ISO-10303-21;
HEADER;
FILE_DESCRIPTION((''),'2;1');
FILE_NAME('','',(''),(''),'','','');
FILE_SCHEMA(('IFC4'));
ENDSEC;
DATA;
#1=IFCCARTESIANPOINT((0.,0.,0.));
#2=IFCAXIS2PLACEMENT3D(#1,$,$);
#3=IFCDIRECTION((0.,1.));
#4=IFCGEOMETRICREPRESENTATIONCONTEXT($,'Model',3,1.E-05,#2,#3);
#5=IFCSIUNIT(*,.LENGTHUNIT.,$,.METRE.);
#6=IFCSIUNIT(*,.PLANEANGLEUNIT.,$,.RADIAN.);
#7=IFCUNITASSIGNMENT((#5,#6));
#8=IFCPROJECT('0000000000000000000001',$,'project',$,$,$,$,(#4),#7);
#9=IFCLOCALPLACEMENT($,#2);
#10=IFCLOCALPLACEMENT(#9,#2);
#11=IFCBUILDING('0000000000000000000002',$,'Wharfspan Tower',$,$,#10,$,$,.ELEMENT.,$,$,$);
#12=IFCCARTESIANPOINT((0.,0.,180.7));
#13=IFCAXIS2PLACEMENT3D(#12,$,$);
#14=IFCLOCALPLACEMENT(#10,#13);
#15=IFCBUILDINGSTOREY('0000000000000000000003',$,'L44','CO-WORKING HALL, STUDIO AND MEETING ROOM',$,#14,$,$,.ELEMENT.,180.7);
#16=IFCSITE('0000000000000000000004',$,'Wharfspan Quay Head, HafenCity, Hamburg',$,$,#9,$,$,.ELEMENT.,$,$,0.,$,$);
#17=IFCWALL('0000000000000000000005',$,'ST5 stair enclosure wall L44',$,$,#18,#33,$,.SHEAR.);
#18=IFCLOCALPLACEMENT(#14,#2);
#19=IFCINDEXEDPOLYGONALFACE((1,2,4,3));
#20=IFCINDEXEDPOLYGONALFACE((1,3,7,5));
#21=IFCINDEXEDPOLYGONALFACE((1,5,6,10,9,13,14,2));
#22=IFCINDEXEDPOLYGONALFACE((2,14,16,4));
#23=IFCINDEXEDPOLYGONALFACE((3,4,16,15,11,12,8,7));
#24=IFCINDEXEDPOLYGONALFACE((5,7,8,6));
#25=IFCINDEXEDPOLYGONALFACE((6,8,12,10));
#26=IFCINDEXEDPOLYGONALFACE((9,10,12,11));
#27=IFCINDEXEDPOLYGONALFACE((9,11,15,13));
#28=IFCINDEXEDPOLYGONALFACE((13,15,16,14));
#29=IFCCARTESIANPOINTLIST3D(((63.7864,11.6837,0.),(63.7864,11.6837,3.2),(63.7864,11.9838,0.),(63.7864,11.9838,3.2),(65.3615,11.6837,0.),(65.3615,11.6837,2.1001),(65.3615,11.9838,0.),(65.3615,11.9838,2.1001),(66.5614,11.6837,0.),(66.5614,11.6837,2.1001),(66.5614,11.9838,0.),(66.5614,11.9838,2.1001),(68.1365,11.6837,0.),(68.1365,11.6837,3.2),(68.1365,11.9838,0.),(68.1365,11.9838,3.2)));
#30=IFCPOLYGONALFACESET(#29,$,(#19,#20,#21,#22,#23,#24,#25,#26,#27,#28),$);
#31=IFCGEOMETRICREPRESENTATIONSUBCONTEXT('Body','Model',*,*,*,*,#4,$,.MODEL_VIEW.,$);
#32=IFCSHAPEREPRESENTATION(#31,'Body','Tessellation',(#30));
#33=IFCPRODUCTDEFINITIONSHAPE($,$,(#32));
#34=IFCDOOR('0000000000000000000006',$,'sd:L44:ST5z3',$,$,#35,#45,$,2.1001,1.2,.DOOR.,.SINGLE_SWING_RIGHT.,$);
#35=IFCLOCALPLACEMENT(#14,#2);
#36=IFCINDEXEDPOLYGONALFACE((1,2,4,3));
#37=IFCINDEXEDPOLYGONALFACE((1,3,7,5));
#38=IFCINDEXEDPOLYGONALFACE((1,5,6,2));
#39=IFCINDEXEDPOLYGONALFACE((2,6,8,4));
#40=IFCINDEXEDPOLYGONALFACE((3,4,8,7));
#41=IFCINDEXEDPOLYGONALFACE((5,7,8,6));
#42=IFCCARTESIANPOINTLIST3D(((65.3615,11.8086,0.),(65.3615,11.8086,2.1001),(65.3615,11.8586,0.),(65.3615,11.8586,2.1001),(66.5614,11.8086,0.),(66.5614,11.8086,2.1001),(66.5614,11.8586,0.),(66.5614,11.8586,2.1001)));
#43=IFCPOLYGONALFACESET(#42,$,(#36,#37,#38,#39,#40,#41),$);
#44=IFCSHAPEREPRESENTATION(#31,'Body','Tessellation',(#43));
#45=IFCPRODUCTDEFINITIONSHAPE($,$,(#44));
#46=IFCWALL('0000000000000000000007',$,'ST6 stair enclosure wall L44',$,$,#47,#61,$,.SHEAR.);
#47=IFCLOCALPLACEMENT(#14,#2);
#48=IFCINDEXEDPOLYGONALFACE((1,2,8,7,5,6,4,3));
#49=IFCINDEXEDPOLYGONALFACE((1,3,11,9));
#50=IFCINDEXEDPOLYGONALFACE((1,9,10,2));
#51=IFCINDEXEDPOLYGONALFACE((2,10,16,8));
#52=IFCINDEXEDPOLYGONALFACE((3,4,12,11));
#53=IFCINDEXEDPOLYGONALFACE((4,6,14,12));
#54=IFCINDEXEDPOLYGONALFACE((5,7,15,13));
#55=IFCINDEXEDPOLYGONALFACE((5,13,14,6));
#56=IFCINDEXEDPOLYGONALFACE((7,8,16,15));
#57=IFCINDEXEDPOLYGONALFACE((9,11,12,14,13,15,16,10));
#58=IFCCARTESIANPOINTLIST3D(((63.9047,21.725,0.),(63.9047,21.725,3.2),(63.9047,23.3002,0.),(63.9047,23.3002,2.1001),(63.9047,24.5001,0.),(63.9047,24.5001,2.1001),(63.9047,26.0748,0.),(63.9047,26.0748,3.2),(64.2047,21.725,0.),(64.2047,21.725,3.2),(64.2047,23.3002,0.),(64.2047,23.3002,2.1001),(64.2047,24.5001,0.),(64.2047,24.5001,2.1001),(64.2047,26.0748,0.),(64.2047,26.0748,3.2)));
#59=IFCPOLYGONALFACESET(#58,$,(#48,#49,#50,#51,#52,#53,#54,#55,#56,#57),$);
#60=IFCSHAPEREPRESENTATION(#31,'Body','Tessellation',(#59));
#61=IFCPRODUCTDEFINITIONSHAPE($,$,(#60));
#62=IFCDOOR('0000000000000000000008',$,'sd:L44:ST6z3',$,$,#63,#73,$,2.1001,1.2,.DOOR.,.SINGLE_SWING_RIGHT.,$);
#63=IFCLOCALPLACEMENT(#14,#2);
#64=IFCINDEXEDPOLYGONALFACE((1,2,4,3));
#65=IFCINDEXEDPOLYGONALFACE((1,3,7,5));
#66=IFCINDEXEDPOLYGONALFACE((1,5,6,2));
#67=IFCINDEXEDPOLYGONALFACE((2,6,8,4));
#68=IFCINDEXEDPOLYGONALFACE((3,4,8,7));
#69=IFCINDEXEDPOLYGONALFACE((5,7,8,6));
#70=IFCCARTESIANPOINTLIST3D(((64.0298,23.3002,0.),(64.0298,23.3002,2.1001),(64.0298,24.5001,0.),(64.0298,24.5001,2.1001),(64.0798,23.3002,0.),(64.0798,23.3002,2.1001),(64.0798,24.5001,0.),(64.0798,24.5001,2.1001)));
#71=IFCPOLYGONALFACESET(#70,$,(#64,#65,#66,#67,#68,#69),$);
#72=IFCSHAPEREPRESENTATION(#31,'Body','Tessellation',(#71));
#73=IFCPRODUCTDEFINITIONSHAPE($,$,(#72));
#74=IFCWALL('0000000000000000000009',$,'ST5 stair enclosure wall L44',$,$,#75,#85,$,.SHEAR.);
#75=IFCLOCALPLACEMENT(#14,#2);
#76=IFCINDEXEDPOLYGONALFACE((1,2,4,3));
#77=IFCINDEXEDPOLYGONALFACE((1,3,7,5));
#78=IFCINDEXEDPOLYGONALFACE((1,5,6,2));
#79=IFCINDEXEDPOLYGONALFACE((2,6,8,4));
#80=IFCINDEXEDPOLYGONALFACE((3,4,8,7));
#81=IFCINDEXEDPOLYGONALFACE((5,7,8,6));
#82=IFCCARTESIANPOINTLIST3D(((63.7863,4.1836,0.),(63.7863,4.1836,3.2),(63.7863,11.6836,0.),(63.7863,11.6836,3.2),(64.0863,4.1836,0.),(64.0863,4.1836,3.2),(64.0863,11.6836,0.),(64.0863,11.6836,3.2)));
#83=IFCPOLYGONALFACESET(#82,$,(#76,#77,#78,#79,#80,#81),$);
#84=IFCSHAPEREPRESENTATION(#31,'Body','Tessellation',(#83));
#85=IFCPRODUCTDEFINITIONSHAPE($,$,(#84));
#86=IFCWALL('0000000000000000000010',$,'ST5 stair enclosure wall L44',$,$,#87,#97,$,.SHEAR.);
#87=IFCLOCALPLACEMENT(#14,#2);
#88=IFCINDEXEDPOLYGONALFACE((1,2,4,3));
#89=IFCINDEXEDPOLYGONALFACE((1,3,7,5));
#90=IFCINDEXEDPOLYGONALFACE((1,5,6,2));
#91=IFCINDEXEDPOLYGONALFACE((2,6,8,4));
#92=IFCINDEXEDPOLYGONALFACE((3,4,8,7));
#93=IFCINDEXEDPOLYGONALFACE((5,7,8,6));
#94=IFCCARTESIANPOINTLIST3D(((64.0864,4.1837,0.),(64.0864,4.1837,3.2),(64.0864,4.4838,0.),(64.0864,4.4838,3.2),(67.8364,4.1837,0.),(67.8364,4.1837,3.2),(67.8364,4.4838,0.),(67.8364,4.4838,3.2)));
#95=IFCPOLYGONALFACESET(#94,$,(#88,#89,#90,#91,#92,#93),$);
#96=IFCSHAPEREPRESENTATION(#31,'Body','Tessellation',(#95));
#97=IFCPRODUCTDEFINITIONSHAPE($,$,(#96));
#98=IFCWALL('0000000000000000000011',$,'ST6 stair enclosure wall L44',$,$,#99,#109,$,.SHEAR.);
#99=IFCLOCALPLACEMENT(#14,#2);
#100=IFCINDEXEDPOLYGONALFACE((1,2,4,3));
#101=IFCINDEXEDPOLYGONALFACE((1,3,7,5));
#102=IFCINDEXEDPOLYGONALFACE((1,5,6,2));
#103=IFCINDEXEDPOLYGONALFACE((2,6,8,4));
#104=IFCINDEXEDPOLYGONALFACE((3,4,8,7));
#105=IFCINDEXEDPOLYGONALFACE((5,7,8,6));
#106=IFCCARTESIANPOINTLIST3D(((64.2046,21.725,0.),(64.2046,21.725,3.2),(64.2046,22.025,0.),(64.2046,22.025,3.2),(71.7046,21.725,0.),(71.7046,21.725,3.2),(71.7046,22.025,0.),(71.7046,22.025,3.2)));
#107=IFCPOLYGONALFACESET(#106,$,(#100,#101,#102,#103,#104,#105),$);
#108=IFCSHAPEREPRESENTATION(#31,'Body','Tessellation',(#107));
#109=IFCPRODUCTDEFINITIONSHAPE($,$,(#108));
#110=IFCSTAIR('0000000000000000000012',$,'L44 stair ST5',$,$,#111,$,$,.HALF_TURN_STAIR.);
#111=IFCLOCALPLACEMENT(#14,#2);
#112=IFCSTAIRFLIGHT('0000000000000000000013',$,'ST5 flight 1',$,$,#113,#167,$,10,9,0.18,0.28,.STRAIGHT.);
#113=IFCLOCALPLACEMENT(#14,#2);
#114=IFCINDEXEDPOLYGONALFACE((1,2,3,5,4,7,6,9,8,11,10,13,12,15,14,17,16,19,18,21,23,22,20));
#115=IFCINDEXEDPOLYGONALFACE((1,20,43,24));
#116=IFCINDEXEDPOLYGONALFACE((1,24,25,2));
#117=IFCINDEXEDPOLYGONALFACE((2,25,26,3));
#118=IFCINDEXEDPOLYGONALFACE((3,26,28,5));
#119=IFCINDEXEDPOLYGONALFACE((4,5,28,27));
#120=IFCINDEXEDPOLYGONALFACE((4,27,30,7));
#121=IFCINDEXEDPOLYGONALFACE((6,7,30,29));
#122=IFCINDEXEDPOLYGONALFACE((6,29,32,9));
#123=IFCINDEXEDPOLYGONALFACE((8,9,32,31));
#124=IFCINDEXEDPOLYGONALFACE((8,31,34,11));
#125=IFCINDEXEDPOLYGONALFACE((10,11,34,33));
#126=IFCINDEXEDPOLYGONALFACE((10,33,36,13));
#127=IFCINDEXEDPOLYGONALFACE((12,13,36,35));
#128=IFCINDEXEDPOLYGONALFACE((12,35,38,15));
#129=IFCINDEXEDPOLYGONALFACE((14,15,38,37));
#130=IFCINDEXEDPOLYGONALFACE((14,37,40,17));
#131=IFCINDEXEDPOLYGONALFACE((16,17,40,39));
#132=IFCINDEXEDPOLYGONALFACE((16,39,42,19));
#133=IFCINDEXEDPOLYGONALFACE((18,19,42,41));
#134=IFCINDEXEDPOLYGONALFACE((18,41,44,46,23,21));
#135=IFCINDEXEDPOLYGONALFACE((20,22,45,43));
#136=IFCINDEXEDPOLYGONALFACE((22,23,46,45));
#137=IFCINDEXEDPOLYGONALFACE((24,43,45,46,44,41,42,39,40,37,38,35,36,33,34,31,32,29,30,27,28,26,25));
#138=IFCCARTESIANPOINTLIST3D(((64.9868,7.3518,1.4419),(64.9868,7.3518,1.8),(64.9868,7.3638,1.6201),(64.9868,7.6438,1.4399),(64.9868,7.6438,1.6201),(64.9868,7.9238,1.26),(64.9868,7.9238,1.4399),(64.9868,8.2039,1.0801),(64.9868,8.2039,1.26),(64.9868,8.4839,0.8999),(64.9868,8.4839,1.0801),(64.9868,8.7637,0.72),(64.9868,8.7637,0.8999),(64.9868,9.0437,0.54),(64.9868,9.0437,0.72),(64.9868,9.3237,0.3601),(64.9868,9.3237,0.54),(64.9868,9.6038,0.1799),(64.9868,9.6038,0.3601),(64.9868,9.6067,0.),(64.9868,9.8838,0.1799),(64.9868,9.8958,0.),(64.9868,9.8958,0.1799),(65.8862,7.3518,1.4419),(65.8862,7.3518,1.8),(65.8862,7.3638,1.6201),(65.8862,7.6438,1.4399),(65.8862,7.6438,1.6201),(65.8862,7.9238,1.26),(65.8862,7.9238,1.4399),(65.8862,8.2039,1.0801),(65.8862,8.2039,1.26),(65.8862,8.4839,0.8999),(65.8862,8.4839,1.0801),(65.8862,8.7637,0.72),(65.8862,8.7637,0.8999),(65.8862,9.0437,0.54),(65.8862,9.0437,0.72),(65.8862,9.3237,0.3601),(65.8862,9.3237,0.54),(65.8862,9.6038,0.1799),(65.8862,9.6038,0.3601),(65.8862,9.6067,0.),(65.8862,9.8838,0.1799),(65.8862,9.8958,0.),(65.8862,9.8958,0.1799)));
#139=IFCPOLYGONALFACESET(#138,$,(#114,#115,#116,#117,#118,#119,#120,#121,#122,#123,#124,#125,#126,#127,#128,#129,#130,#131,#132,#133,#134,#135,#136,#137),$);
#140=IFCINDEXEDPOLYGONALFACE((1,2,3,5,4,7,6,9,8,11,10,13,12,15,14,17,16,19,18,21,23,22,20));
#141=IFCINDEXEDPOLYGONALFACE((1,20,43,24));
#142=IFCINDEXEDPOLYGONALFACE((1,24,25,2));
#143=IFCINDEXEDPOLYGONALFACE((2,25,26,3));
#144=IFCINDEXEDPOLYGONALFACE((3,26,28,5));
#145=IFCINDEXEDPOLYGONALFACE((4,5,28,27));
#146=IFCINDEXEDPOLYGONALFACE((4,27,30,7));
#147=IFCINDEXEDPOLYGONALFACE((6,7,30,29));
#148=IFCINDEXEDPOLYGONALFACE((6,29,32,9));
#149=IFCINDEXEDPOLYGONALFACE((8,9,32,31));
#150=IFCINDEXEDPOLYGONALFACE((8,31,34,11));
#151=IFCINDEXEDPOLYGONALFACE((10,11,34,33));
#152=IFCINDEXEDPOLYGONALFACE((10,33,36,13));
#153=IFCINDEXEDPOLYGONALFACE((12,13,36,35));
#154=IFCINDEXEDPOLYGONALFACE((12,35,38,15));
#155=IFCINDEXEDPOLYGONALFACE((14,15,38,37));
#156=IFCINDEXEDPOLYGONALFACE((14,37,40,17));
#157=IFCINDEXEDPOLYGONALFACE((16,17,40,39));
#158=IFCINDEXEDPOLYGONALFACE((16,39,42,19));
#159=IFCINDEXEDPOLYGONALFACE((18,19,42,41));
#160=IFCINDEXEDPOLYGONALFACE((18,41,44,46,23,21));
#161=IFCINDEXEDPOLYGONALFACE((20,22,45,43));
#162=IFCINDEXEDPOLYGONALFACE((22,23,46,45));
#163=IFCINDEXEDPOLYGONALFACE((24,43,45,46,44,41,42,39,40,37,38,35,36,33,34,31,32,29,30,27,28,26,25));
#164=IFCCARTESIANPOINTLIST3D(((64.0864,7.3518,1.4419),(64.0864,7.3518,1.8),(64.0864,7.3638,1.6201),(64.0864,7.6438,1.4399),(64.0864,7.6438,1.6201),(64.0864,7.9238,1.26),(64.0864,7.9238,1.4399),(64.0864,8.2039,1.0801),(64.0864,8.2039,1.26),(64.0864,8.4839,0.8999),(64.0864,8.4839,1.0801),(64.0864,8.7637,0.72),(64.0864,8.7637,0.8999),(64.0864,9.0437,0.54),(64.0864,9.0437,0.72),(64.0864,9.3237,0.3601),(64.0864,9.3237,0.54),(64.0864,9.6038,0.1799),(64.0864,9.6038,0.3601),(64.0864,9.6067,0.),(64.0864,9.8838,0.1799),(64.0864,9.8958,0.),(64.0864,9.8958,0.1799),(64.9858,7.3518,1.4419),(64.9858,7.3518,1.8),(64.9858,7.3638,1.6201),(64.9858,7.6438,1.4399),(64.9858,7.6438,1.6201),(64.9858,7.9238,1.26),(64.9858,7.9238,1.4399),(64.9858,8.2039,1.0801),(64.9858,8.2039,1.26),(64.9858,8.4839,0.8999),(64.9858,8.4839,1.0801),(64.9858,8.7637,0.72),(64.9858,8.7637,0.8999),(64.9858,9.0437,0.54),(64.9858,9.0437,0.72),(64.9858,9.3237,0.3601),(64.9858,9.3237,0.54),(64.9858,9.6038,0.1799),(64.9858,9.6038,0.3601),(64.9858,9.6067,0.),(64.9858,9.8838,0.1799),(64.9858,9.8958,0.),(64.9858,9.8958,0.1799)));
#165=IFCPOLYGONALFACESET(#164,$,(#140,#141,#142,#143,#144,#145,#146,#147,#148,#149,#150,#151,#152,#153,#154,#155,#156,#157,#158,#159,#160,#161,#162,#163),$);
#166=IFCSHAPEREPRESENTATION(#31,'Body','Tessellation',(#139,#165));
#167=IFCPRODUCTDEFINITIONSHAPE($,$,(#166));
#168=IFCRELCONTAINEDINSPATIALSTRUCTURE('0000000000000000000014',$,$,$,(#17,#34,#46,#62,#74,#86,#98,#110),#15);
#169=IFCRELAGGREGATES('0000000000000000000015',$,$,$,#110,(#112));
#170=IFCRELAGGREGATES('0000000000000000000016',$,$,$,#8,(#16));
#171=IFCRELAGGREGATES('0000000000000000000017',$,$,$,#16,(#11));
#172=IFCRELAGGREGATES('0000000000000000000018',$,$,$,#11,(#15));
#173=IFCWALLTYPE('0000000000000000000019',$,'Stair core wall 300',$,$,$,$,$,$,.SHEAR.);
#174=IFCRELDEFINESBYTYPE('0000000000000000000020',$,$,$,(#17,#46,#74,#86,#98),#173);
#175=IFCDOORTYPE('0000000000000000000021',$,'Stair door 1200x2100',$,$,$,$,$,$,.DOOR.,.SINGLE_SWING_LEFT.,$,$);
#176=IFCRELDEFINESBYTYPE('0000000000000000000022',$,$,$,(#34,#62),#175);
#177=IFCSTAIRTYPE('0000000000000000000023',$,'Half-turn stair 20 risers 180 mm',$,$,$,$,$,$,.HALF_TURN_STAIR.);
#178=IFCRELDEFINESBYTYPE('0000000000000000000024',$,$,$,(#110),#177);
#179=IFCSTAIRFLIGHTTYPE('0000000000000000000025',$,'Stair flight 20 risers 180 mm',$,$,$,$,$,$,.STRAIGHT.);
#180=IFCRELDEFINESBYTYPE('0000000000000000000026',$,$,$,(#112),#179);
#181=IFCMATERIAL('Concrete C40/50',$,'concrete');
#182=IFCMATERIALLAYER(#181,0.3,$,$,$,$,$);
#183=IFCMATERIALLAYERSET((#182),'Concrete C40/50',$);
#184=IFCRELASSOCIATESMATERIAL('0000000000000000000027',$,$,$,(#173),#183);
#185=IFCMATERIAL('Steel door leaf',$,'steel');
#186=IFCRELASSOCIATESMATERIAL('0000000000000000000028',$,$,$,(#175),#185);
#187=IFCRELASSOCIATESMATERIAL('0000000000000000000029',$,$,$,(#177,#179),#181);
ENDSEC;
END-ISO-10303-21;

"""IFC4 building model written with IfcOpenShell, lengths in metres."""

from ifc_helpers import new_model, si_unit, direction, frame, frame_2d, origin, place, context, subcontext, project, spatial, polyline, rectangle, outline, extrude, material, layer, layer_set, type_object, element, fill, aggregate, save


model = new_model("IFC4")

# Units and contexts
model_context = context("Model", 3, precision=1e-05, world=origin(), true_north=direction((0.0, 1.0)))
body_context = subcontext(model_context, "Body", "Model", "MODEL_VIEW")
ifc_project = project(units=[si_unit("LENGTHUNIT", "METRE"), si_unit("PLANEANGLEUNIT", "RADIAN")], contexts=[model_context])

# Site, building, storey
site_placement = place(None, origin())
site = spatial("IfcSite", under=ifc_project, at=site_placement, Name="Wharfspan Quay Head, HafenCity, Hamburg", CompositionType="ELEMENT", RefElevation=0.0)
building_placement = place(site_placement, origin())
building = spatial("IfcBuilding", under=site, at=building_placement, Name="Wharfspan Tower", CompositionType="ELEMENT")
storey_placement = place(building_placement, frame((0.0, 0.0, 180.7)))
storey = spatial("IfcBuildingStorey", under=building, at=storey_placement, Name="L44", Description="CO-WORKING HALL, STUDIO AND MEETING ROOM", CompositionType="ELEMENT", Elevation=180.7)

# Walls, openings, doors
ifc_material_1 = material(Name="Concrete C40/50", Category="concrete")
ifc_layer_1 = layer(ifc_material_1, 0.3)
ifc_layer_set_1 = layer_set([ifc_layer_1], Name="Concrete C40/50")
wall_type_1 = type_object("IfcWallType", Name="Stair core wall 300", PredefinedType="SHEAR", material=ifc_layer_set_1)
wall_1_placement = place(storey_placement, frame((63.7864, 11.8337, 0.0), z_axis=(0.0, 0.0, 1.0), x_axis=(1.0, 0.0, 0.0)))
wall_1 = element("IfcWall", 1, at=wall_1_placement, inside=storey, type_object=wall_type_1, Name="ST5 stair enclosure wall L44", PredefinedType="SHEAR", context=body_context, shape_type="SweptSolid", body=[
    extrude(rectangle(XDim=4.3501, YDim=0.3, at=frame_2d((2.175, 0.0))), origin(), (0.0, 0.0, 1.0), 3.2),
])
opening_1_placement = place(wall_1_placement, frame((1.575, 0.0, 0.0)))
opening_1 = element("IfcOpeningElement", 2, at=opening_1_placement, cuts=wall_1, PredefinedType="OPENING", context=body_context, shape_type="SweptSolid", body=[
    extrude(rectangle(XDim=1.2, YDim=2.1001, at=frame_2d((0.6001, 1.05))), frame((0.0, 0.1599, 0.0), z_axis=(0.0, -1.0, 0.0), x_axis=(1.0, 0.0, 0.0)), (0.0, 0.0, 1.0), 0.3201),
])
ifc_material_2 = material(Name="Steel door leaf", Category="steel")
door_type_1 = type_object("IfcDoorType", Name="Stair door 1200x2100", OperationType="SINGLE_SWING_LEFT", PredefinedType="DOOR", material=ifc_material_2)
door_1_placement = place(opening_1_placement, origin())
door_1 = element("IfcDoor", 3, at=door_1_placement, inside=storey, type_object=door_type_1, Name="sd:L44:ST5z3", OperationType="SINGLE_SWING_RIGHT", OverallHeight=2.1001, OverallWidth=1.2, PredefinedType="DOOR", context=body_context, shape_type="SweptSolid", body=[
    extrude(rectangle(XDim=1.2, YDim=2.1001, at=frame_2d((0.6001, 1.05))), frame((0.0, 0.0249, 0.0), z_axis=(0.0, -1.0, 0.0), x_axis=(1.0, 0.0, 0.0)), (0.0, 0.0, 1.0), 0.05),
])
fill(opening_1, door_1)
wall_2_placement = place(storey_placement, frame((64.0547, 21.7251, 0.0), z_axis=(0.0, 0.0, 1.0), x_axis=(0.0, 1.0, 0.0)))
wall_2 = element("IfcWall", 4, at=wall_2_placement, inside=storey, type_object=wall_type_1, Name="ST6 stair enclosure wall L44", PredefinedType="SHEAR", context=body_context, shape_type="SweptSolid", body=[
    extrude(rectangle(XDim=4.3499, YDim=0.3, at=frame_2d((2.1748, 0.0))), origin(), (0.0, 0.0, 1.0), 3.2),
])
opening_2_placement = place(wall_2_placement, frame((1.575, 0.0, 0.0)))
opening_2 = element("IfcOpeningElement", 5, at=opening_2_placement, cuts=wall_2, PredefinedType="OPENING", context=body_context, shape_type="SweptSolid", body=[
    extrude(rectangle(XDim=1.2, YDim=2.1001, at=frame_2d((0.6001, 1.05))), frame((0.0, 0.1599, 0.0), z_axis=(0.0, -1.0, 0.0), x_axis=(1.0, 0.0, 0.0)), (0.0, 0.0, 1.0), 0.3201),
])
door_2_placement = place(opening_2_placement, origin())
door_2 = element("IfcDoor", 6, at=door_2_placement, inside=storey, type_object=door_type_1, Name="sd:L44:ST6z3", OperationType="SINGLE_SWING_RIGHT", OverallHeight=2.1001, OverallWidth=1.2, PredefinedType="DOOR", context=body_context, shape_type="SweptSolid", body=[
    extrude(rectangle(XDim=1.2, YDim=2.1001, at=frame_2d((0.6001, 1.05))), frame((0.0, 0.0249, 0.0), z_axis=(0.0, -1.0, 0.0), x_axis=(1.0, 0.0, 0.0)), (0.0, 0.0, 1.0), 0.05),
])
fill(opening_2, door_2)

# Walls
wall_3_placement = place(storey_placement, frame((63.9363, 4.1836, 0.0), z_axis=(0.0, 0.0, 1.0), x_axis=(0.0, 1.0, 0.0)))
element("IfcWall", 7, at=wall_3_placement, inside=storey, type_object=wall_type_1, Name="ST5 stair enclosure wall L44", PredefinedType="SHEAR", context=body_context, shape_type="SweptSolid", body=[
    extrude(rectangle(XDim=7.5, YDim=0.3, at=frame_2d((3.75, 0.0))), origin(), (0.0, 0.0, 1.0), 3.2),
])
wall_4_placement = place(storey_placement, frame((64.0864, 4.3337, 0.0), z_axis=(0.0, 0.0, 1.0), x_axis=(1.0, 0.0, 0.0)))
element("IfcWall", 8, at=wall_4_placement, inside=storey, type_object=wall_type_1, Name="ST5 stair enclosure wall L44", PredefinedType="SHEAR", context=body_context, shape_type="SweptSolid", body=[
    extrude(rectangle(XDim=3.75, YDim=0.3, at=frame_2d((1.875, 0.0))), origin(), (0.0, 0.0, 1.0), 3.2),
])
wall_5_placement = place(storey_placement, frame((64.2046, 21.875, 0.0), z_axis=(0.0, 0.0, 1.0), x_axis=(1.0, 0.0, 0.0)))
element("IfcWall", 9, at=wall_5_placement, inside=storey, type_object=wall_type_1, Name="ST6 stair enclosure wall L44", PredefinedType="SHEAR", context=body_context, shape_type="SweptSolid", body=[
    extrude(rectangle(XDim=7.5, YDim=0.3, at=frame_2d((3.75, 0.0))), origin(), (0.0, 0.0, 1.0), 3.2),
])

# Stair, stair flight
stair_type = type_object("IfcStairType", Name="Half-turn stair 20 risers 180 mm", PredefinedType="HALF_TURN_STAIR", material=ifc_material_1)
stair_placement = place(storey_placement, origin())
stair = element("IfcStair", 10, at=stair_placement, inside=storey, type_object=stair_type, Name="L44 stair ST5", PredefinedType="HALF_TURN_STAIR")
stair_flight_type = type_object("IfcStairFlightType", Name="Stair flight 20 risers 180 mm", PredefinedType="STRAIGHT", material=ifc_material_1)
stair_flight_placement = place(storey_placement, frame((64.9863, 9.8838, 0.0), z_axis=(0.0, 0.0, 1.0), x_axis=(0.0, -1.0, 0.0)))
stair_flight = element("IfcStairFlight", 11, at=stair_flight_placement, type_object=stair_flight_type, Name="ST5 flight 1", NumberOfRisers=10, NumberOfTreads=9, PredefinedType="STRAIGHT", RiserHeight=0.18, TreadLength=0.28, context=body_context, shape_type="SweptSolid", body=[
    extrude(outline(polyline([(-0.012, 0.0), (-0.012, 0.1799), (0.0, 0.1799), (0.28, 0.1799), (0.28, 0.3601), (0.5601, 0.3601), (0.5601, 0.54), (0.8401, 0.54), (0.8401, 0.72), (1.1201, 0.72), (1.1201, 0.8999), (1.3999, 0.8999), (1.3999, 1.0801), (1.6799, 1.0801), (1.6799, 1.26), (1.96, 1.26), (1.96, 1.4399), (2.24, 1.4399), (2.24, 1.6201), (2.52, 1.6201), (2.532, 1.8), (2.532, 1.4419), (0.2771, 0.0), (-0.012, 0.0)])), frame((0.0, 0.8999, 0.0), z_axis=(0.0, -1.0, 0.0), x_axis=(1.0, 0.0, 0.0)), (0.0, 0.0, 1.0), 0.8994),
    extrude(outline(polyline([(-0.012, 0.0), (-0.012, 0.1799), (0.0, 0.1799), (0.28, 0.1799), (0.28, 0.3601), (0.5601, 0.3601), (0.5601, 0.54), (0.8401, 0.54), (0.8401, 0.72), (1.1201, 0.72), (1.1201, 0.8999), (1.3999, 0.8999), (1.3999, 1.0801), (1.6799, 1.0801), (1.6799, 1.26), (1.96, 1.26), (1.96, 1.4399), (2.24, 1.4399), (2.24, 1.6201), (2.52, 1.6201), (2.532, 1.8), (2.532, 1.4419), (0.2771, 0.0), (-0.012, 0.0)])), frame((0.0, -0.0005, 0.0), z_axis=(0.0, -1.0, 0.0), x_axis=(1.0, 0.0, 0.0)), (0.0, 0.0, 1.0), 0.8994),
])
aggregate(stair, [stair_flight])

save(model, "model.ifc")
